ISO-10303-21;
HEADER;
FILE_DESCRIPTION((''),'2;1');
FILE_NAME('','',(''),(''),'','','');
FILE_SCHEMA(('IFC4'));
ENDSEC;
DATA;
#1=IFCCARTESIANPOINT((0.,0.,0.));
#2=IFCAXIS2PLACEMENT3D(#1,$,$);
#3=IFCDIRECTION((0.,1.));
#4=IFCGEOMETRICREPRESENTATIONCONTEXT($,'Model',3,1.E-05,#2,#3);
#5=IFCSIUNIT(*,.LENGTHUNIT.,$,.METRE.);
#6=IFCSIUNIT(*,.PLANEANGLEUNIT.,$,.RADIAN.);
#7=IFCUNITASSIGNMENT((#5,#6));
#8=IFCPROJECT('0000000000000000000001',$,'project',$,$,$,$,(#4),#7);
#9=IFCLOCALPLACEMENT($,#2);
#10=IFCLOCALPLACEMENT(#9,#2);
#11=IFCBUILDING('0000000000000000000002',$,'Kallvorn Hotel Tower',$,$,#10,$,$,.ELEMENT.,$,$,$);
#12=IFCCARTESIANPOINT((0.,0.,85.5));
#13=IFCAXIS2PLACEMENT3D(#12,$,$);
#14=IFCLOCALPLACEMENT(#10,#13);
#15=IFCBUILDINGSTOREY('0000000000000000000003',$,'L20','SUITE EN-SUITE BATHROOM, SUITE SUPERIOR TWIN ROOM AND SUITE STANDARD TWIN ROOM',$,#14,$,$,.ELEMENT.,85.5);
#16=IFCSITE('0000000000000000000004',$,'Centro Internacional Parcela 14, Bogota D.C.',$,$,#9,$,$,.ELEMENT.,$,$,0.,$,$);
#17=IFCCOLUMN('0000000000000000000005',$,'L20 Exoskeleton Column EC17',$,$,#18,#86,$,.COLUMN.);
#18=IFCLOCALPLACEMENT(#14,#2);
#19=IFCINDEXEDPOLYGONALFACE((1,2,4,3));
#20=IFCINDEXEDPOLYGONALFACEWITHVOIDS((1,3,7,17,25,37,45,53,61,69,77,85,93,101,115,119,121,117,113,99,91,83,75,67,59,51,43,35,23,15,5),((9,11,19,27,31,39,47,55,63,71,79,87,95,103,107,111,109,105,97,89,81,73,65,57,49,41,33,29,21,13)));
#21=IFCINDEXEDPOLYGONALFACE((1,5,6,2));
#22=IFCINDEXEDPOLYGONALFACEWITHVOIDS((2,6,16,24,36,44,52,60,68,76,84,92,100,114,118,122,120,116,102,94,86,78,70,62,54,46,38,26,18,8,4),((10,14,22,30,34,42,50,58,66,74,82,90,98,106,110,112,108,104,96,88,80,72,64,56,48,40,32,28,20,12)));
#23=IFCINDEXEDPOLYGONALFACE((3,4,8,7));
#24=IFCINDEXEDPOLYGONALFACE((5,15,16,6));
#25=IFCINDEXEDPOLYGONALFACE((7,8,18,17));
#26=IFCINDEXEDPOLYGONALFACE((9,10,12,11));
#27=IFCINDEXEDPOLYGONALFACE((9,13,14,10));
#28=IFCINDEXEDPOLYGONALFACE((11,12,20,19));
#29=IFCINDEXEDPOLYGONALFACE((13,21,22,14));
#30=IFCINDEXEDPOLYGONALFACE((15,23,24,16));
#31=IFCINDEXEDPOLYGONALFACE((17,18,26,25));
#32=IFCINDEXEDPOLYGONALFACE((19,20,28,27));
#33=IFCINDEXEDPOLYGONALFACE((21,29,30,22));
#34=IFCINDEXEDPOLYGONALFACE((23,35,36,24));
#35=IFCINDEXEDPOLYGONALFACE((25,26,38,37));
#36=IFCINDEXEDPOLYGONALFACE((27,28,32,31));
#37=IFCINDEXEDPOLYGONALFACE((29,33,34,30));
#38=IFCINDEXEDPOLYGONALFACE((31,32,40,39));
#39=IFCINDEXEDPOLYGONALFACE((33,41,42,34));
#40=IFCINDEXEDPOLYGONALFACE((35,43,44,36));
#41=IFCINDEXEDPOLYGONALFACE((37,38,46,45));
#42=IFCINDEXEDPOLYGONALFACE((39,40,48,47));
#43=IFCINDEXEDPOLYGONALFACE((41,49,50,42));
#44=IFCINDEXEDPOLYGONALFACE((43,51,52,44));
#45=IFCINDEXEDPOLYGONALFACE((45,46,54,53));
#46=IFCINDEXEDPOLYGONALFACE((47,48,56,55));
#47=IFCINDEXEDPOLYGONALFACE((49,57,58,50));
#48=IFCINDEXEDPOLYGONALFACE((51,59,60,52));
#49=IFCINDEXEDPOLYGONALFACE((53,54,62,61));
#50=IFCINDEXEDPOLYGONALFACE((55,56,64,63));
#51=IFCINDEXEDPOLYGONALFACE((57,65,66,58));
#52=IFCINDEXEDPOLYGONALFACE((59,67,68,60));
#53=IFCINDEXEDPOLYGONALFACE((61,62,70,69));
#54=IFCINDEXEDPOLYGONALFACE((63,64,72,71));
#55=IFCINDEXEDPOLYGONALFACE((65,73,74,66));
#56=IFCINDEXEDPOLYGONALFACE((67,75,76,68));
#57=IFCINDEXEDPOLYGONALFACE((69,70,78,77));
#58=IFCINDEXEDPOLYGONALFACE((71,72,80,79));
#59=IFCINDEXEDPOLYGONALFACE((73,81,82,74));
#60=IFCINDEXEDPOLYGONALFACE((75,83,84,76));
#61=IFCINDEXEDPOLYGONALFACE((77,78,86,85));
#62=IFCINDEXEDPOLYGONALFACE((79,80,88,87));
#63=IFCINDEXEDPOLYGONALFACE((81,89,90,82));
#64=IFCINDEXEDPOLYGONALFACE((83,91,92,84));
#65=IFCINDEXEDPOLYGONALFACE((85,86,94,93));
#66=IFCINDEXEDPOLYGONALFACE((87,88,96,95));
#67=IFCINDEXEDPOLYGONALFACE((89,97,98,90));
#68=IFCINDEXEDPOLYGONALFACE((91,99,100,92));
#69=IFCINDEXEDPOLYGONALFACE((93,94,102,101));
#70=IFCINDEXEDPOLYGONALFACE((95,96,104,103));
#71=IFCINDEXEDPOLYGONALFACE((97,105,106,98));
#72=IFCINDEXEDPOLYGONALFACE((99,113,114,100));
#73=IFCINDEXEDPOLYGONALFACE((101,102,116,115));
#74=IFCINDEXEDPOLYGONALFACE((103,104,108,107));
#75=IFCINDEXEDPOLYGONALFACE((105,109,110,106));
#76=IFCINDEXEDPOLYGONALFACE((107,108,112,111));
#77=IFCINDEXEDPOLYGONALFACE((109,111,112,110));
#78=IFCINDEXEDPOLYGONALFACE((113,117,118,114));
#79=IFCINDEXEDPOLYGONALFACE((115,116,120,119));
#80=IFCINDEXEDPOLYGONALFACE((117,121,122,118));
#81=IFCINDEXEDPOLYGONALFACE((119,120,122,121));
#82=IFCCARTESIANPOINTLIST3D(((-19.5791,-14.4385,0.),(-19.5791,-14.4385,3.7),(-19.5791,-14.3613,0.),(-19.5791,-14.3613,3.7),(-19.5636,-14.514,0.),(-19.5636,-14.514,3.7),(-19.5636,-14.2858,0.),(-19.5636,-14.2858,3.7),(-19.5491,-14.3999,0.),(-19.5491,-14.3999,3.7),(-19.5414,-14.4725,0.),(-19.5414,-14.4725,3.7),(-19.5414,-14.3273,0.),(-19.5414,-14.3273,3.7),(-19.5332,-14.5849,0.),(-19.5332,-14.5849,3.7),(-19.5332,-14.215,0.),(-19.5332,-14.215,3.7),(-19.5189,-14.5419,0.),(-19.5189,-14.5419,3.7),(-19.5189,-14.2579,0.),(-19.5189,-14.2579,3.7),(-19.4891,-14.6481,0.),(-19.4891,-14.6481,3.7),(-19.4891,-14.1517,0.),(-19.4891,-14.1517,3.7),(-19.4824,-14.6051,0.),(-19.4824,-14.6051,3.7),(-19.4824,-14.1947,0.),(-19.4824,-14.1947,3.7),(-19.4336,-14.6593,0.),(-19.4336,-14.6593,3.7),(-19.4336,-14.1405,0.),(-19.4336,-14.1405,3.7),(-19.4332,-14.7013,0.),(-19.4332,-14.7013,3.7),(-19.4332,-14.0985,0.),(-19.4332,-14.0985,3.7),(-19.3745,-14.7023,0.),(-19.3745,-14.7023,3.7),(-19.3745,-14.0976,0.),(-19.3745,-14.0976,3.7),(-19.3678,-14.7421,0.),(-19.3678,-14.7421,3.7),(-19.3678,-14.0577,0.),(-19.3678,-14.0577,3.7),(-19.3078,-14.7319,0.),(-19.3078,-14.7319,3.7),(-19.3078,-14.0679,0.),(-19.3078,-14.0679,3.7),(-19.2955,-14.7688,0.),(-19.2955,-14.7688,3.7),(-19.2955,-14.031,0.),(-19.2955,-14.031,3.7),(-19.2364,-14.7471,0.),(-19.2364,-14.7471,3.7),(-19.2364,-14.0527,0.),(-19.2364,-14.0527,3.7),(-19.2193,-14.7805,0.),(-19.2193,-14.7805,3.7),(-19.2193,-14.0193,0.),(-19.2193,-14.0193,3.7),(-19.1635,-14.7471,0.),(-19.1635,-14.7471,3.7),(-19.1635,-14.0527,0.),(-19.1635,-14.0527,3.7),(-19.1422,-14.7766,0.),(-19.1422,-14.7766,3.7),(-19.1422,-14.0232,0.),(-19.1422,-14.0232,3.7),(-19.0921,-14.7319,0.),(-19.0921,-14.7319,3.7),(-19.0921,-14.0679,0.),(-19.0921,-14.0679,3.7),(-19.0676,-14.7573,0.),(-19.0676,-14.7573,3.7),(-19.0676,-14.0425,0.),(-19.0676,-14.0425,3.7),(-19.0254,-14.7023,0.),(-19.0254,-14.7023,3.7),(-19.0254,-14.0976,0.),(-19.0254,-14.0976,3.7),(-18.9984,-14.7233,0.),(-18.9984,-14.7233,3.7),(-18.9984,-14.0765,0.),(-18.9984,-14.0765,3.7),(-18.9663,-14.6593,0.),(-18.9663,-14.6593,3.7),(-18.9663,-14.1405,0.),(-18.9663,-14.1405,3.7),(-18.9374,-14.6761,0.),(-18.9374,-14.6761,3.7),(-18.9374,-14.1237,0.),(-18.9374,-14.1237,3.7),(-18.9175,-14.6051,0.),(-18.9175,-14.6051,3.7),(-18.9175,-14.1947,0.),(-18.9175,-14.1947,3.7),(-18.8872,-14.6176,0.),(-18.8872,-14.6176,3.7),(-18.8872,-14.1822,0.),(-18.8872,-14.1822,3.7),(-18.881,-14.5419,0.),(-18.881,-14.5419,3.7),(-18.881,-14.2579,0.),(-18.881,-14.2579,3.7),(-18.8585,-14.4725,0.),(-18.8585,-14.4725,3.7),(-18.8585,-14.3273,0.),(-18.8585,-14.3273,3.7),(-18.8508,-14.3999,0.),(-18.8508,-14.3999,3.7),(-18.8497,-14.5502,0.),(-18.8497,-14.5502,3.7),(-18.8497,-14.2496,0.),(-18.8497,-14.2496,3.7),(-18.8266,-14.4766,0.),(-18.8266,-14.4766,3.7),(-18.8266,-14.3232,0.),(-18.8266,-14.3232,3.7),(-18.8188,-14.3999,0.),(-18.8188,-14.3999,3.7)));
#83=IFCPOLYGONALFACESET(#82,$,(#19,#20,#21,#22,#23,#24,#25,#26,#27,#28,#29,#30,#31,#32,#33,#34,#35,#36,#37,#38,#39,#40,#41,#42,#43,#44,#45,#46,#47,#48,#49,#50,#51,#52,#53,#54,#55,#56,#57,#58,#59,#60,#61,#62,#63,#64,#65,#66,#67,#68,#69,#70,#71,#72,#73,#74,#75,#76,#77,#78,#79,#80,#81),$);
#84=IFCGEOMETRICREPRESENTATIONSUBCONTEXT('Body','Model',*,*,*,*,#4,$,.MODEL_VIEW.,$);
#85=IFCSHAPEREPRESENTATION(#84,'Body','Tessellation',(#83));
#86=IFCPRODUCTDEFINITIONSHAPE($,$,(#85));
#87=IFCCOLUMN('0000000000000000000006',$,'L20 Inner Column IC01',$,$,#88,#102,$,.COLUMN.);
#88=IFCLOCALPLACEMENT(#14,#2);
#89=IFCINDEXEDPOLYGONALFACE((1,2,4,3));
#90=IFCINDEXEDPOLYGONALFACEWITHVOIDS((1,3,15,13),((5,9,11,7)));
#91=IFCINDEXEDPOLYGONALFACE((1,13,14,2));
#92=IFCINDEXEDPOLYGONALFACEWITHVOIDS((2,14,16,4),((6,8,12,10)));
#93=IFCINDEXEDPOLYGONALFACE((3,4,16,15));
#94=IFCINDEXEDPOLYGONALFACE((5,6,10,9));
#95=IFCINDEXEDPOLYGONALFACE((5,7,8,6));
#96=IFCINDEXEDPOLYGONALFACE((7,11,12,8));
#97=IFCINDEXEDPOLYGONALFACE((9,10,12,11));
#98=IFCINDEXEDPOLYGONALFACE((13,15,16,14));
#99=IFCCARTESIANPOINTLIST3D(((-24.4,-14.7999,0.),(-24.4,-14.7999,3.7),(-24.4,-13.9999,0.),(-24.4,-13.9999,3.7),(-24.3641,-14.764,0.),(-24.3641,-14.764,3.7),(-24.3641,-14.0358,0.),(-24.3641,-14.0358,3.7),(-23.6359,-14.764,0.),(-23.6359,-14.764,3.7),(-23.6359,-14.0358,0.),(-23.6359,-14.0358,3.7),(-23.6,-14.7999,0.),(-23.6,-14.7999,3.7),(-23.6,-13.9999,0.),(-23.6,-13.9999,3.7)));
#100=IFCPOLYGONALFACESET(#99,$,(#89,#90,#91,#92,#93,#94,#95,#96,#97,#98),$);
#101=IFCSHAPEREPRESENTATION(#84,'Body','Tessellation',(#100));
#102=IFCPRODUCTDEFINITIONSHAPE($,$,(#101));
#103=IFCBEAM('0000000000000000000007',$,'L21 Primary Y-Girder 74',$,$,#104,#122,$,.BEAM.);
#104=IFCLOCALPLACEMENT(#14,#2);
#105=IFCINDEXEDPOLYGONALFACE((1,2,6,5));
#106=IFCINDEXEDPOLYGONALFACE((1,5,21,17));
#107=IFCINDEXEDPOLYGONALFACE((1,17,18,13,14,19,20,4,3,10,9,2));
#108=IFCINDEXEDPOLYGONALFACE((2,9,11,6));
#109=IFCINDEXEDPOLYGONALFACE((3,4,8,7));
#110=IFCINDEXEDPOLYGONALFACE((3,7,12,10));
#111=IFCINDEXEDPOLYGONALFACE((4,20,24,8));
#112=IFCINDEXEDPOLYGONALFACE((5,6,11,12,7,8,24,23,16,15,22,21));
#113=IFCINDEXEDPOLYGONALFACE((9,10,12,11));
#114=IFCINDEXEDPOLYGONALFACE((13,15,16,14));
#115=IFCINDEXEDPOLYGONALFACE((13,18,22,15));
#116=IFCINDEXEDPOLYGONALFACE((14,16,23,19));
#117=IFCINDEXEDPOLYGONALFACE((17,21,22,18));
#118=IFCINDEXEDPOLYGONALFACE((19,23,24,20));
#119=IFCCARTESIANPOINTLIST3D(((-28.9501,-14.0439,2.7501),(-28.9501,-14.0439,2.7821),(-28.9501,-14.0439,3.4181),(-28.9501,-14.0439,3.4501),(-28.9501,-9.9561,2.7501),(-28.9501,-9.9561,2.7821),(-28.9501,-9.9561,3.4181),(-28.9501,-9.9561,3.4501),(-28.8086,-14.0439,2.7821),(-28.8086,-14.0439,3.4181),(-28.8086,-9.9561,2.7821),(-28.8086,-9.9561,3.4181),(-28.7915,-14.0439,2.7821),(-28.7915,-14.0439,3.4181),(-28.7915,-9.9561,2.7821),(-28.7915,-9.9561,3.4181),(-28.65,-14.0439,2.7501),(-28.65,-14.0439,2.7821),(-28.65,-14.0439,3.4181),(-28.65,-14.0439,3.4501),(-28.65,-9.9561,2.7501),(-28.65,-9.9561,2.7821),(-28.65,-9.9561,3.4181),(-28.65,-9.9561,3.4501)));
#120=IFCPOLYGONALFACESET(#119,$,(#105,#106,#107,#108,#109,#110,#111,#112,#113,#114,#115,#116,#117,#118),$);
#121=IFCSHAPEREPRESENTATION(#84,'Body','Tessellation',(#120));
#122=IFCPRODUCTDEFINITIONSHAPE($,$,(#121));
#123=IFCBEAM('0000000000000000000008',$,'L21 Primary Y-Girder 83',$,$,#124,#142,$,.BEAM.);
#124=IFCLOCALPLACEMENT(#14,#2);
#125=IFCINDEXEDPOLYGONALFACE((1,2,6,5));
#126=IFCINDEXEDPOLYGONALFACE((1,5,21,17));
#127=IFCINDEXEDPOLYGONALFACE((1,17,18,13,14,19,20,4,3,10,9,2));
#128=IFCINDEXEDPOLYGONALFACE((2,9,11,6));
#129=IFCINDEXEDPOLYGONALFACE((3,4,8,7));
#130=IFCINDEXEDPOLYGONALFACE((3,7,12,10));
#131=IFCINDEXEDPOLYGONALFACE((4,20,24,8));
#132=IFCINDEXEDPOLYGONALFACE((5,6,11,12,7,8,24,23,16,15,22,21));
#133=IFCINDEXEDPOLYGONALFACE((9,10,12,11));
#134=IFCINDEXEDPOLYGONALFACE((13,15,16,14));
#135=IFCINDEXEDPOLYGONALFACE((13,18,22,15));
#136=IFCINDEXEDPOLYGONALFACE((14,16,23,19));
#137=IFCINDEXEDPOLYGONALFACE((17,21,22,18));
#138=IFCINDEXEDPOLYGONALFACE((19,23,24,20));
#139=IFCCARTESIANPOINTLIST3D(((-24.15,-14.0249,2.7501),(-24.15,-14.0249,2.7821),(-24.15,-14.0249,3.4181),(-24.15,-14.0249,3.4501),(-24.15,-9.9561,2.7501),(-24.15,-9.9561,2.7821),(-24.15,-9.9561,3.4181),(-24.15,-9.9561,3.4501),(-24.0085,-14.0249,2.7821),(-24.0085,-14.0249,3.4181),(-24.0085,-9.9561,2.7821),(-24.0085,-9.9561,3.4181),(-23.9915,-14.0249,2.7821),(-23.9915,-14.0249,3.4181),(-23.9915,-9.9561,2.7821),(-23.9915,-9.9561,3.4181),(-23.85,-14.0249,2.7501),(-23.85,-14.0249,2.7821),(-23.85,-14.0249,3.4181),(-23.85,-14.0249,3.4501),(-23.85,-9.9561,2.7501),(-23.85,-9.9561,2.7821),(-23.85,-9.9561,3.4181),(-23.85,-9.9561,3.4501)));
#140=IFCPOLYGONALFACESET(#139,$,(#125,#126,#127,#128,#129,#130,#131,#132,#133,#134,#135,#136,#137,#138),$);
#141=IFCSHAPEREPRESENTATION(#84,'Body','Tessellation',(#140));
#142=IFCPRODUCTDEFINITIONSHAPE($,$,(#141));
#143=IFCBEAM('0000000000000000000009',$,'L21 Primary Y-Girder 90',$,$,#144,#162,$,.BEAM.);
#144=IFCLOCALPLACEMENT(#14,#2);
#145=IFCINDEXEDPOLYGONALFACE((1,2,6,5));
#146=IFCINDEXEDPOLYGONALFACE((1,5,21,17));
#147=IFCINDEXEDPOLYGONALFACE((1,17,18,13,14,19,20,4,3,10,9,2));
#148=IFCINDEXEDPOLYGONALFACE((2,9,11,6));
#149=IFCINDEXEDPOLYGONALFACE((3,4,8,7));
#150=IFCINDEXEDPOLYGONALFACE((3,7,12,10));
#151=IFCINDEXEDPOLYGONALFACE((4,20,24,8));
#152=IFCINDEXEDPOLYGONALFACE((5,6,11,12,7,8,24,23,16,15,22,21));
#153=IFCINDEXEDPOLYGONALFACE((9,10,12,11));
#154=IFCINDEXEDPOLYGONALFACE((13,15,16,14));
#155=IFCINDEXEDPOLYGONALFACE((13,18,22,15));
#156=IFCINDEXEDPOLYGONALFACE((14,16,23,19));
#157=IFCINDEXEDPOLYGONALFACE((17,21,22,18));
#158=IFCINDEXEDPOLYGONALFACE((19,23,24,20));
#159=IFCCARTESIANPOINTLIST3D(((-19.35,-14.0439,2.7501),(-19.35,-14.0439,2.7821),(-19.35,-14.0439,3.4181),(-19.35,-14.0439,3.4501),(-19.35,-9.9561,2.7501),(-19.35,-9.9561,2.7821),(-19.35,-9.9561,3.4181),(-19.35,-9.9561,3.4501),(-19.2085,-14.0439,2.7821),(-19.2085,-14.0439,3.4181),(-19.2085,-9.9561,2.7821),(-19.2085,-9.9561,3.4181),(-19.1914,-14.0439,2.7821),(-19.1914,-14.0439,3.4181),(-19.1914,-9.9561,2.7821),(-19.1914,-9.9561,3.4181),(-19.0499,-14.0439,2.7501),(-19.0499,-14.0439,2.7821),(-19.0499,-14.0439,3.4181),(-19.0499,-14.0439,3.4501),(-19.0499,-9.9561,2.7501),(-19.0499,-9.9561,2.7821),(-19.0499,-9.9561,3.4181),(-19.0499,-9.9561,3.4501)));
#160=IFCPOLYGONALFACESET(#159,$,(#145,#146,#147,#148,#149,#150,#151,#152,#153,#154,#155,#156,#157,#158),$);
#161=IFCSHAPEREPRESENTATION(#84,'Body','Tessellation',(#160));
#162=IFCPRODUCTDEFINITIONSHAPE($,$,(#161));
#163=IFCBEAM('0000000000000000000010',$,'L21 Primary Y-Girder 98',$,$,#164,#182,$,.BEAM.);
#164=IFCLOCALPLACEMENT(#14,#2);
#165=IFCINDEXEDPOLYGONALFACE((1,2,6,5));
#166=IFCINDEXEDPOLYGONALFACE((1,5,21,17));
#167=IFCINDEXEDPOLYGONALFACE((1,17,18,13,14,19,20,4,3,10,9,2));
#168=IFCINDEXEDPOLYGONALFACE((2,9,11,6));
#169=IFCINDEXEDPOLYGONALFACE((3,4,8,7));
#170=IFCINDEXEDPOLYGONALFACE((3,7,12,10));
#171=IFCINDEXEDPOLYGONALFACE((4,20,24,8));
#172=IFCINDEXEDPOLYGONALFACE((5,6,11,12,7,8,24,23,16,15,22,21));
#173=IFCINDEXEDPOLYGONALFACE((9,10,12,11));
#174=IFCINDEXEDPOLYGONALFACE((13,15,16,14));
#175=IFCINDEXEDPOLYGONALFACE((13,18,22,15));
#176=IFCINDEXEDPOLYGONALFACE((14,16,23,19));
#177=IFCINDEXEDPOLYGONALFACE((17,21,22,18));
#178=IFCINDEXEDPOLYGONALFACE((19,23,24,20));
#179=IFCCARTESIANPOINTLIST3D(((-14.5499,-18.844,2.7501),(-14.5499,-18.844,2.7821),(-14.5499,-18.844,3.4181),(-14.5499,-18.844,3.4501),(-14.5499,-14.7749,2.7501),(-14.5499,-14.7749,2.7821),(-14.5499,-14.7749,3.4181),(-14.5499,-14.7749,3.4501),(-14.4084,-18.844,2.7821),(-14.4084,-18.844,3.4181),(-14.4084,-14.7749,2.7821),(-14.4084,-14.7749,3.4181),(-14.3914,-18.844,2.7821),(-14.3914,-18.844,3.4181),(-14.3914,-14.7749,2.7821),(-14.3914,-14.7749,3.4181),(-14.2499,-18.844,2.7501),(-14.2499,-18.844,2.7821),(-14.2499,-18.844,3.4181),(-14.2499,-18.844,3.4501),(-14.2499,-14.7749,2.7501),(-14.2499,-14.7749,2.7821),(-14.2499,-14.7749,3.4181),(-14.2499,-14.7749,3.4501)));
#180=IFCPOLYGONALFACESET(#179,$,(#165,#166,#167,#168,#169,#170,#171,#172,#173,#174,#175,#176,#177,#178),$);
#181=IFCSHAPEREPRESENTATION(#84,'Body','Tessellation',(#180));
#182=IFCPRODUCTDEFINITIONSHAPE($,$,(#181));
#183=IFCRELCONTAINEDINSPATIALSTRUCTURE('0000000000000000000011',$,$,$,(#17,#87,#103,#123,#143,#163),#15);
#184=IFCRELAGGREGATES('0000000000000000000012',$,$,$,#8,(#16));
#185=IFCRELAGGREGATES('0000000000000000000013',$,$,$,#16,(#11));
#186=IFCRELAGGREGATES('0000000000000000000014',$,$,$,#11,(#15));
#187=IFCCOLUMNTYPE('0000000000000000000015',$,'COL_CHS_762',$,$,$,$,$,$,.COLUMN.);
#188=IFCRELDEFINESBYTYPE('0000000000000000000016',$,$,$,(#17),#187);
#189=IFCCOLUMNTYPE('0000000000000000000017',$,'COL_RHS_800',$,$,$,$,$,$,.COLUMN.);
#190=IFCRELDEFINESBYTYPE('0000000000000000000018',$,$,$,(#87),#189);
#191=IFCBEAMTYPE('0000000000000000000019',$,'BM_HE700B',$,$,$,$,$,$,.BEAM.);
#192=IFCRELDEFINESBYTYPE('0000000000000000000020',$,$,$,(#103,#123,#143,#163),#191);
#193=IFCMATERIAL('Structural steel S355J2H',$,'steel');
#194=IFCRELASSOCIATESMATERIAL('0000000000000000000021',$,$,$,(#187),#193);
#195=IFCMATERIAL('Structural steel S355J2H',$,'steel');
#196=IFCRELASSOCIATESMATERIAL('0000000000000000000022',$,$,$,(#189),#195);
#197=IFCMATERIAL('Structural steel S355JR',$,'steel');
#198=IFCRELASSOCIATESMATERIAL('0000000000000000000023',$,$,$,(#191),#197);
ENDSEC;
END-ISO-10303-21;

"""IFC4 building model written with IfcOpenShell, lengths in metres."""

from ifc_helpers import new_model, si_unit, direction, frame, origin, origin_2d, place, context, subcontext, project, spatial, hollow_rectangle, hollow_circle, i_section, extrude, material, material_profile, profile_set, type_object, element, save


model = new_model("IFC4")

# Units and contexts
model_context = context("Model", 3, precision=1e-05, world=origin(), true_north=direction((0.0, 1.0)))
body_context = subcontext(model_context, "Body", "Model", "MODEL_VIEW")
ifc_project = project(units=[si_unit("LENGTHUNIT", "METRE"), si_unit("PLANEANGLEUNIT", "RADIAN")], contexts=[model_context])

# Site, building, storey
site_placement = place(None, origin())
site = spatial("IfcSite", under=ifc_project, at=site_placement, Name="Centro Internacional Parcela 14, Bogota D.C.", CompositionType="ELEMENT", RefElevation=0.0)
building_placement = place(site_placement, origin())
building = spatial("IfcBuilding", under=site, at=building_placement, Name="Kallvorn Hotel Tower", CompositionType="ELEMENT")
storey_placement = place(building_placement, frame((0.0, 0.0, 85.5)))
storey = spatial("IfcBuildingStorey", under=building, at=storey_placement, Name="L20", Description="SUITE EN-SUITE BATHROOM, SUITE SUPERIOR TWIN ROOM AND SUITE STANDARD TWIN ROOM", CompositionType="ELEMENT", Elevation=85.5)

# Columns
ifc_material_1 = material(Name="Structural steel S355J2H", Category="steel")
ifc_material_profile_1 = material_profile(ifc_material_1, hollow_circle(Radius=0.3811, WallThickness=0.032, at=origin_2d()), Name="CHS 762x32")
ifc_profile_set_1 = profile_set([ifc_material_profile_1], Name="Structural steel S355J2H")
column_type_1 = type_object("IfcColumnType", Name="COL_CHS_762", PredefinedType="COLUMN", material=ifc_profile_set_1)
for number, where, z_axis, x_axis, name in (
    (1, (-19.2, -14.3999, 0.0), (0.0, 0.0, 1.0), (1.0, 0.0, 0.0), "L20 Exoskeleton Column EC17"),
):
    element("IfcColumn", number, at=place(storey_placement, frame(where, z_axis=z_axis, x_axis=x_axis)), inside=storey, type_object=column_type_1, Name=name, PredefinedType="COLUMN", context=body_context, shape_type="SweptSolid", body=[
        extrude(hollow_circle(Radius=0.3811, WallThickness=0.032, at=origin_2d()), origin(), (0.0, 0.0, 1.0), 3.7),
    ])
ifc_material_2 = material(Name="Structural steel S355J2H", Category="steel")
ifc_material_profile_2 = material_profile(ifc_material_2, hollow_rectangle(XDim=0.8, YDim=0.8, WallThickness=0.0359, at=origin_2d()), Name="RHS 800x800x36")
ifc_profile_set_2 = profile_set([ifc_material_profile_2], Name="Structural steel S355J2H")
column_type_2 = type_object("IfcColumnType", Name="COL_RHS_800", PredefinedType="COLUMN", material=ifc_profile_set_2)
column_placement = place(storey_placement, frame((-24.0, -14.3999, 0.0), z_axis=(0.0, 0.0, 1.0), x_axis=(1.0, 0.0, 0.0)))
element("IfcColumn", 2, at=column_placement, inside=storey, type_object=column_type_2, Name="L20 Inner Column IC01", PredefinedType="COLUMN", context=body_context, shape_type="SweptSolid", body=[
    extrude(hollow_rectangle(XDim=0.8, YDim=0.8, WallThickness=0.0359, at=origin_2d()), origin(), (0.0, 0.0, 1.0), 3.7),
])

# Beams
ifc_material_3 = material(Name="Structural steel S355JR", Category="steel")
ifc_material_profile_3 = material_profile(ifc_material_3, i_section(OverallWidth=0.3, OverallDepth=0.7, WebThickness=0.0171, FlangeThickness=0.032, at=origin_2d()), Name="HE 700 B")
ifc_profile_set_3 = profile_set([ifc_material_profile_3], Name="Structural steel S355JR")
beam_type_1 = type_object("IfcBeamType", Name="BM_HE700B", PredefinedType="BEAM", material=ifc_profile_set_3)
beam_1_placement = place(storey_placement, frame((-28.8, -14.0439, 3.1001), z_axis=(0.0, 1.0, 0.0), x_axis=(-1.0, 0.0, 0.0)))
element("IfcBeam", 3, at=beam_1_placement, inside=storey, type_object=beam_type_1, Name="L21 Primary Y-Girder 74", PredefinedType="BEAM", context=body_context, shape_type="SweptSolid", body=[
    extrude(i_section(OverallWidth=0.3, OverallDepth=0.7, WebThickness=0.0171, FlangeThickness=0.032, at=origin_2d()), origin(), (0.0, 0.0, 1.0), 4.0879),
])
beam_2_placement = place(storey_placement, frame((-24.0, -14.0249, 3.1001), z_axis=(0.0, 1.0, 0.0), x_axis=(-1.0, 0.0, 0.0)))
element("IfcBeam", 4, at=beam_2_placement, inside=storey, type_object=beam_type_1, Name="L21 Primary Y-Girder 83", PredefinedType="BEAM", context=body_context, shape_type="SweptSolid", body=[
    extrude(i_section(OverallWidth=0.3, OverallDepth=0.7, WebThickness=0.0171, FlangeThickness=0.032, at=origin_2d()), origin(), (0.0, 0.0, 1.0), 4.0688),
])
beam_3_placement = place(storey_placement, frame((-19.2, -14.0439, 3.1001), z_axis=(0.0, 1.0, 0.0), x_axis=(-1.0, 0.0, 0.0)))
element("IfcBeam", 5, at=beam_3_placement, inside=storey, type_object=beam_type_1, Name="L21 Primary Y-Girder 90", PredefinedType="BEAM", context=body_context, shape_type="SweptSolid", body=[
    extrude(i_section(OverallWidth=0.3, OverallDepth=0.7, WebThickness=0.0171, FlangeThickness=0.032, at=origin_2d()), origin(), (0.0, 0.0, 1.0), 4.0879),
])
beam_4_placement = place(storey_placement, frame((-14.3999, -18.844, 3.1001), z_axis=(0.0, 1.0, 0.0), x_axis=(-1.0, 0.0, 0.0)))
element("IfcBeam", 6, at=beam_4_placement, inside=storey, type_object=beam_type_1, Name="L21 Primary Y-Girder 98", PredefinedType="BEAM", context=body_context, shape_type="SweptSolid", body=[
    extrude(i_section(OverallWidth=0.3, OverallDepth=0.7, WebThickness=0.0171, FlangeThickness=0.032, at=origin_2d()), origin(), (0.0, 0.0, 1.0), 4.0691),
])

save(model, "model.ifc")
